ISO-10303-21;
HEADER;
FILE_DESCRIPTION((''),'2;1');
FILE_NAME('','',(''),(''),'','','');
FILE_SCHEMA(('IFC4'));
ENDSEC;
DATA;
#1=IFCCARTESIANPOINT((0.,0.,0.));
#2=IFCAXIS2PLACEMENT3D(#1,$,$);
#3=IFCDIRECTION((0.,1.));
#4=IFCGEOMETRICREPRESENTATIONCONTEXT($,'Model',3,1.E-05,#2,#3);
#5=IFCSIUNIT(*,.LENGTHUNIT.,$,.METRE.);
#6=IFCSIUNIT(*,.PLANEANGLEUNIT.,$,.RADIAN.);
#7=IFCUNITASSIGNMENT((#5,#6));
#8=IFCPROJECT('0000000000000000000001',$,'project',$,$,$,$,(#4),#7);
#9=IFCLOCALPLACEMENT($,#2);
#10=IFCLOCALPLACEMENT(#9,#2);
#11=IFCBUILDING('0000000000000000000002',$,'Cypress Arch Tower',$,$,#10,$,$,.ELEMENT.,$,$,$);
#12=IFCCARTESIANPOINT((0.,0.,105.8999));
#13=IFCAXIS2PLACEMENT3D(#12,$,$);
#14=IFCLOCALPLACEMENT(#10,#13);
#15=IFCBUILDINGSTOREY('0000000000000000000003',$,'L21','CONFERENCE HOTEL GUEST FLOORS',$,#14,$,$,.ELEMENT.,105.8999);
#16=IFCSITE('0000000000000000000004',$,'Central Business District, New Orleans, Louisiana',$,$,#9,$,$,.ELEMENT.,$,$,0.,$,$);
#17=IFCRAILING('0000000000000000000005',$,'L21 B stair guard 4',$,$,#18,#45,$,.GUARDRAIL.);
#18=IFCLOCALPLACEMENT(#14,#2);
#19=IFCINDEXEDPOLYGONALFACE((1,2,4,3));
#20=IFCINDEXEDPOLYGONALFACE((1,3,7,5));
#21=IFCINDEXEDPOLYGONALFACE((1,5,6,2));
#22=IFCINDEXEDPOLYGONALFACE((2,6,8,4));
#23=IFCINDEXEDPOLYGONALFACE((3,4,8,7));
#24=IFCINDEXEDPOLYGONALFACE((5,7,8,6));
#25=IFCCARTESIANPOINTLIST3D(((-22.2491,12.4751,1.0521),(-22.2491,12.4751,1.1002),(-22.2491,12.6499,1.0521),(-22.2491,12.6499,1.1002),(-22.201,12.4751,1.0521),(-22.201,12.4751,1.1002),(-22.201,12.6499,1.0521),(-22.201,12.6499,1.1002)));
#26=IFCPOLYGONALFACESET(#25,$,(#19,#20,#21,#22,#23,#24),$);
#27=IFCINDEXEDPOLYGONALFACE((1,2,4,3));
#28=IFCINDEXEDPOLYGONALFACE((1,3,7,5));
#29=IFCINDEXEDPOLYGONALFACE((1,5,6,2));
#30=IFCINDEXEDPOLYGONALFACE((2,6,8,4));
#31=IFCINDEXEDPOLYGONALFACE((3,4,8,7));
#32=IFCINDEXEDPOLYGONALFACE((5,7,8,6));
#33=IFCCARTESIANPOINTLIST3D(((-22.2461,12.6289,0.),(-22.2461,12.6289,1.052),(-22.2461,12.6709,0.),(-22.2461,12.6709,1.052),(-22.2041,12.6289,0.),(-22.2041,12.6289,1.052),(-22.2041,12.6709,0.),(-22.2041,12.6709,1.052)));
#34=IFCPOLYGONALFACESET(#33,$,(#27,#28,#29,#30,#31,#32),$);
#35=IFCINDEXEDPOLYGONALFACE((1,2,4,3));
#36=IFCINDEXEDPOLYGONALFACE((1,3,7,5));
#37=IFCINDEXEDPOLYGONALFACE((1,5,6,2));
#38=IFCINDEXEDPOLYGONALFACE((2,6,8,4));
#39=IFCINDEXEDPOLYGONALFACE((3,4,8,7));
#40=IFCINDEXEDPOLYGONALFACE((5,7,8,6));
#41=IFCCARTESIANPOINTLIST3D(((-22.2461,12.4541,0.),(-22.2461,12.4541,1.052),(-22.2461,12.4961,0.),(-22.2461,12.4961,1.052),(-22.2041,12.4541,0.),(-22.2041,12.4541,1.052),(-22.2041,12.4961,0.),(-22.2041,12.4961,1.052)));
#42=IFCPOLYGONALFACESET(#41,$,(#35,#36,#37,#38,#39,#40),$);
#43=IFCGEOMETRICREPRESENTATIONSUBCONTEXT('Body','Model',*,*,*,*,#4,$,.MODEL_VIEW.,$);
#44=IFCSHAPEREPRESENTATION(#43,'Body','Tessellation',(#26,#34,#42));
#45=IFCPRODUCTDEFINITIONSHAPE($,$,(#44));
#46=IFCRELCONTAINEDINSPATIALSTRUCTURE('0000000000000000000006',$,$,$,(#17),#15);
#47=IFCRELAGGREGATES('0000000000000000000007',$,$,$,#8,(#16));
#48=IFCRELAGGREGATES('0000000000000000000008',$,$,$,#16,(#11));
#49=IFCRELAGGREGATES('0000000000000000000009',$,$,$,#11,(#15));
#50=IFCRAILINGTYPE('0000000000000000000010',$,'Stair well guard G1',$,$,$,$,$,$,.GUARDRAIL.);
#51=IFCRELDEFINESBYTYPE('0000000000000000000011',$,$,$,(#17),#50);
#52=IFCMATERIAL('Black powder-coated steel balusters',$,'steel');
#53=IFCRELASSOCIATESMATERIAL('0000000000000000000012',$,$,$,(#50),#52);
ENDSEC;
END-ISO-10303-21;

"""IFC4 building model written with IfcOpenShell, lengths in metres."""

from ifc_helpers import new_model, si_unit, direction, frame, origin, origin_2d, place, context, subcontext, project, spatial, rectangle, extrude, material, type_object, element, save


model = new_model("IFC4")

# Units and contexts
model_context = context("Model", 3, precision=1e-05, world=origin(), true_north=direction((0.0, 1.0)))
body_context = subcontext(model_context, "Body", "Model", "MODEL_VIEW")
ifc_project = project(units=[si_unit("LENGTHUNIT", "METRE"), si_unit("PLANEANGLEUNIT", "RADIAN")], contexts=[model_context])

# Site, building, storey
site_placement = place(None, origin())
site = spatial("IfcSite", under=ifc_project, at=site_placement, Name="Central Business District, New Orleans, Louisiana", CompositionType="ELEMENT", RefElevation=0.0)
building_placement = place(site_placement, origin())
building = spatial("IfcBuilding", under=site, at=building_placement, Name="Cypress Arch Tower", CompositionType="ELEMENT")
storey_placement = place(building_placement, frame((0.0, 0.0, 105.8999)))
storey = spatial("IfcBuildingStorey", under=building, at=storey_placement, Name="L21", Description="CONFERENCE HOTEL GUEST FLOORS", CompositionType="ELEMENT", Elevation=105.8999)

# Railing
ifc_material_1 = material(Name="Black powder-coated steel balusters", Category="steel")
railing_type_1 = type_object("IfcRailingType", Name="Stair well guard G1", PredefinedType="GUARDRAIL", material=ifc_material_1)
railing_1_placement = place(storey_placement, frame((-22.2251, 12.6499, 0.0)))
element("IfcRailing", 1, at=railing_1_placement, inside=storey, type_object=railing_type_1, Name="L21 B stair guard 4", PredefinedType="GUARDRAIL", context=body_context, shape_type="SweptSolid", body=[
    extrude(rectangle(XDim=0.0481, YDim=0.0481, at=origin_2d()), frame((0.0, 0.0, 1.0762), z_axis=(0.0, -1.0, 0.0), x_axis=(1.0, 0.0, 0.0)), (0.0, 0.0, 1.0), 0.1748),
    extrude(rectangle(XDim=0.042, YDim=0.042, at=origin_2d()), origin(), (0.0, 0.0, 1.0), 1.052),
    extrude(rectangle(XDim=0.042, YDim=0.042, at=origin_2d()), frame((0.0, -0.1748, 0.0)), (0.0, 0.0, 1.0), 1.052),
])

save(model, "model.ifc")
